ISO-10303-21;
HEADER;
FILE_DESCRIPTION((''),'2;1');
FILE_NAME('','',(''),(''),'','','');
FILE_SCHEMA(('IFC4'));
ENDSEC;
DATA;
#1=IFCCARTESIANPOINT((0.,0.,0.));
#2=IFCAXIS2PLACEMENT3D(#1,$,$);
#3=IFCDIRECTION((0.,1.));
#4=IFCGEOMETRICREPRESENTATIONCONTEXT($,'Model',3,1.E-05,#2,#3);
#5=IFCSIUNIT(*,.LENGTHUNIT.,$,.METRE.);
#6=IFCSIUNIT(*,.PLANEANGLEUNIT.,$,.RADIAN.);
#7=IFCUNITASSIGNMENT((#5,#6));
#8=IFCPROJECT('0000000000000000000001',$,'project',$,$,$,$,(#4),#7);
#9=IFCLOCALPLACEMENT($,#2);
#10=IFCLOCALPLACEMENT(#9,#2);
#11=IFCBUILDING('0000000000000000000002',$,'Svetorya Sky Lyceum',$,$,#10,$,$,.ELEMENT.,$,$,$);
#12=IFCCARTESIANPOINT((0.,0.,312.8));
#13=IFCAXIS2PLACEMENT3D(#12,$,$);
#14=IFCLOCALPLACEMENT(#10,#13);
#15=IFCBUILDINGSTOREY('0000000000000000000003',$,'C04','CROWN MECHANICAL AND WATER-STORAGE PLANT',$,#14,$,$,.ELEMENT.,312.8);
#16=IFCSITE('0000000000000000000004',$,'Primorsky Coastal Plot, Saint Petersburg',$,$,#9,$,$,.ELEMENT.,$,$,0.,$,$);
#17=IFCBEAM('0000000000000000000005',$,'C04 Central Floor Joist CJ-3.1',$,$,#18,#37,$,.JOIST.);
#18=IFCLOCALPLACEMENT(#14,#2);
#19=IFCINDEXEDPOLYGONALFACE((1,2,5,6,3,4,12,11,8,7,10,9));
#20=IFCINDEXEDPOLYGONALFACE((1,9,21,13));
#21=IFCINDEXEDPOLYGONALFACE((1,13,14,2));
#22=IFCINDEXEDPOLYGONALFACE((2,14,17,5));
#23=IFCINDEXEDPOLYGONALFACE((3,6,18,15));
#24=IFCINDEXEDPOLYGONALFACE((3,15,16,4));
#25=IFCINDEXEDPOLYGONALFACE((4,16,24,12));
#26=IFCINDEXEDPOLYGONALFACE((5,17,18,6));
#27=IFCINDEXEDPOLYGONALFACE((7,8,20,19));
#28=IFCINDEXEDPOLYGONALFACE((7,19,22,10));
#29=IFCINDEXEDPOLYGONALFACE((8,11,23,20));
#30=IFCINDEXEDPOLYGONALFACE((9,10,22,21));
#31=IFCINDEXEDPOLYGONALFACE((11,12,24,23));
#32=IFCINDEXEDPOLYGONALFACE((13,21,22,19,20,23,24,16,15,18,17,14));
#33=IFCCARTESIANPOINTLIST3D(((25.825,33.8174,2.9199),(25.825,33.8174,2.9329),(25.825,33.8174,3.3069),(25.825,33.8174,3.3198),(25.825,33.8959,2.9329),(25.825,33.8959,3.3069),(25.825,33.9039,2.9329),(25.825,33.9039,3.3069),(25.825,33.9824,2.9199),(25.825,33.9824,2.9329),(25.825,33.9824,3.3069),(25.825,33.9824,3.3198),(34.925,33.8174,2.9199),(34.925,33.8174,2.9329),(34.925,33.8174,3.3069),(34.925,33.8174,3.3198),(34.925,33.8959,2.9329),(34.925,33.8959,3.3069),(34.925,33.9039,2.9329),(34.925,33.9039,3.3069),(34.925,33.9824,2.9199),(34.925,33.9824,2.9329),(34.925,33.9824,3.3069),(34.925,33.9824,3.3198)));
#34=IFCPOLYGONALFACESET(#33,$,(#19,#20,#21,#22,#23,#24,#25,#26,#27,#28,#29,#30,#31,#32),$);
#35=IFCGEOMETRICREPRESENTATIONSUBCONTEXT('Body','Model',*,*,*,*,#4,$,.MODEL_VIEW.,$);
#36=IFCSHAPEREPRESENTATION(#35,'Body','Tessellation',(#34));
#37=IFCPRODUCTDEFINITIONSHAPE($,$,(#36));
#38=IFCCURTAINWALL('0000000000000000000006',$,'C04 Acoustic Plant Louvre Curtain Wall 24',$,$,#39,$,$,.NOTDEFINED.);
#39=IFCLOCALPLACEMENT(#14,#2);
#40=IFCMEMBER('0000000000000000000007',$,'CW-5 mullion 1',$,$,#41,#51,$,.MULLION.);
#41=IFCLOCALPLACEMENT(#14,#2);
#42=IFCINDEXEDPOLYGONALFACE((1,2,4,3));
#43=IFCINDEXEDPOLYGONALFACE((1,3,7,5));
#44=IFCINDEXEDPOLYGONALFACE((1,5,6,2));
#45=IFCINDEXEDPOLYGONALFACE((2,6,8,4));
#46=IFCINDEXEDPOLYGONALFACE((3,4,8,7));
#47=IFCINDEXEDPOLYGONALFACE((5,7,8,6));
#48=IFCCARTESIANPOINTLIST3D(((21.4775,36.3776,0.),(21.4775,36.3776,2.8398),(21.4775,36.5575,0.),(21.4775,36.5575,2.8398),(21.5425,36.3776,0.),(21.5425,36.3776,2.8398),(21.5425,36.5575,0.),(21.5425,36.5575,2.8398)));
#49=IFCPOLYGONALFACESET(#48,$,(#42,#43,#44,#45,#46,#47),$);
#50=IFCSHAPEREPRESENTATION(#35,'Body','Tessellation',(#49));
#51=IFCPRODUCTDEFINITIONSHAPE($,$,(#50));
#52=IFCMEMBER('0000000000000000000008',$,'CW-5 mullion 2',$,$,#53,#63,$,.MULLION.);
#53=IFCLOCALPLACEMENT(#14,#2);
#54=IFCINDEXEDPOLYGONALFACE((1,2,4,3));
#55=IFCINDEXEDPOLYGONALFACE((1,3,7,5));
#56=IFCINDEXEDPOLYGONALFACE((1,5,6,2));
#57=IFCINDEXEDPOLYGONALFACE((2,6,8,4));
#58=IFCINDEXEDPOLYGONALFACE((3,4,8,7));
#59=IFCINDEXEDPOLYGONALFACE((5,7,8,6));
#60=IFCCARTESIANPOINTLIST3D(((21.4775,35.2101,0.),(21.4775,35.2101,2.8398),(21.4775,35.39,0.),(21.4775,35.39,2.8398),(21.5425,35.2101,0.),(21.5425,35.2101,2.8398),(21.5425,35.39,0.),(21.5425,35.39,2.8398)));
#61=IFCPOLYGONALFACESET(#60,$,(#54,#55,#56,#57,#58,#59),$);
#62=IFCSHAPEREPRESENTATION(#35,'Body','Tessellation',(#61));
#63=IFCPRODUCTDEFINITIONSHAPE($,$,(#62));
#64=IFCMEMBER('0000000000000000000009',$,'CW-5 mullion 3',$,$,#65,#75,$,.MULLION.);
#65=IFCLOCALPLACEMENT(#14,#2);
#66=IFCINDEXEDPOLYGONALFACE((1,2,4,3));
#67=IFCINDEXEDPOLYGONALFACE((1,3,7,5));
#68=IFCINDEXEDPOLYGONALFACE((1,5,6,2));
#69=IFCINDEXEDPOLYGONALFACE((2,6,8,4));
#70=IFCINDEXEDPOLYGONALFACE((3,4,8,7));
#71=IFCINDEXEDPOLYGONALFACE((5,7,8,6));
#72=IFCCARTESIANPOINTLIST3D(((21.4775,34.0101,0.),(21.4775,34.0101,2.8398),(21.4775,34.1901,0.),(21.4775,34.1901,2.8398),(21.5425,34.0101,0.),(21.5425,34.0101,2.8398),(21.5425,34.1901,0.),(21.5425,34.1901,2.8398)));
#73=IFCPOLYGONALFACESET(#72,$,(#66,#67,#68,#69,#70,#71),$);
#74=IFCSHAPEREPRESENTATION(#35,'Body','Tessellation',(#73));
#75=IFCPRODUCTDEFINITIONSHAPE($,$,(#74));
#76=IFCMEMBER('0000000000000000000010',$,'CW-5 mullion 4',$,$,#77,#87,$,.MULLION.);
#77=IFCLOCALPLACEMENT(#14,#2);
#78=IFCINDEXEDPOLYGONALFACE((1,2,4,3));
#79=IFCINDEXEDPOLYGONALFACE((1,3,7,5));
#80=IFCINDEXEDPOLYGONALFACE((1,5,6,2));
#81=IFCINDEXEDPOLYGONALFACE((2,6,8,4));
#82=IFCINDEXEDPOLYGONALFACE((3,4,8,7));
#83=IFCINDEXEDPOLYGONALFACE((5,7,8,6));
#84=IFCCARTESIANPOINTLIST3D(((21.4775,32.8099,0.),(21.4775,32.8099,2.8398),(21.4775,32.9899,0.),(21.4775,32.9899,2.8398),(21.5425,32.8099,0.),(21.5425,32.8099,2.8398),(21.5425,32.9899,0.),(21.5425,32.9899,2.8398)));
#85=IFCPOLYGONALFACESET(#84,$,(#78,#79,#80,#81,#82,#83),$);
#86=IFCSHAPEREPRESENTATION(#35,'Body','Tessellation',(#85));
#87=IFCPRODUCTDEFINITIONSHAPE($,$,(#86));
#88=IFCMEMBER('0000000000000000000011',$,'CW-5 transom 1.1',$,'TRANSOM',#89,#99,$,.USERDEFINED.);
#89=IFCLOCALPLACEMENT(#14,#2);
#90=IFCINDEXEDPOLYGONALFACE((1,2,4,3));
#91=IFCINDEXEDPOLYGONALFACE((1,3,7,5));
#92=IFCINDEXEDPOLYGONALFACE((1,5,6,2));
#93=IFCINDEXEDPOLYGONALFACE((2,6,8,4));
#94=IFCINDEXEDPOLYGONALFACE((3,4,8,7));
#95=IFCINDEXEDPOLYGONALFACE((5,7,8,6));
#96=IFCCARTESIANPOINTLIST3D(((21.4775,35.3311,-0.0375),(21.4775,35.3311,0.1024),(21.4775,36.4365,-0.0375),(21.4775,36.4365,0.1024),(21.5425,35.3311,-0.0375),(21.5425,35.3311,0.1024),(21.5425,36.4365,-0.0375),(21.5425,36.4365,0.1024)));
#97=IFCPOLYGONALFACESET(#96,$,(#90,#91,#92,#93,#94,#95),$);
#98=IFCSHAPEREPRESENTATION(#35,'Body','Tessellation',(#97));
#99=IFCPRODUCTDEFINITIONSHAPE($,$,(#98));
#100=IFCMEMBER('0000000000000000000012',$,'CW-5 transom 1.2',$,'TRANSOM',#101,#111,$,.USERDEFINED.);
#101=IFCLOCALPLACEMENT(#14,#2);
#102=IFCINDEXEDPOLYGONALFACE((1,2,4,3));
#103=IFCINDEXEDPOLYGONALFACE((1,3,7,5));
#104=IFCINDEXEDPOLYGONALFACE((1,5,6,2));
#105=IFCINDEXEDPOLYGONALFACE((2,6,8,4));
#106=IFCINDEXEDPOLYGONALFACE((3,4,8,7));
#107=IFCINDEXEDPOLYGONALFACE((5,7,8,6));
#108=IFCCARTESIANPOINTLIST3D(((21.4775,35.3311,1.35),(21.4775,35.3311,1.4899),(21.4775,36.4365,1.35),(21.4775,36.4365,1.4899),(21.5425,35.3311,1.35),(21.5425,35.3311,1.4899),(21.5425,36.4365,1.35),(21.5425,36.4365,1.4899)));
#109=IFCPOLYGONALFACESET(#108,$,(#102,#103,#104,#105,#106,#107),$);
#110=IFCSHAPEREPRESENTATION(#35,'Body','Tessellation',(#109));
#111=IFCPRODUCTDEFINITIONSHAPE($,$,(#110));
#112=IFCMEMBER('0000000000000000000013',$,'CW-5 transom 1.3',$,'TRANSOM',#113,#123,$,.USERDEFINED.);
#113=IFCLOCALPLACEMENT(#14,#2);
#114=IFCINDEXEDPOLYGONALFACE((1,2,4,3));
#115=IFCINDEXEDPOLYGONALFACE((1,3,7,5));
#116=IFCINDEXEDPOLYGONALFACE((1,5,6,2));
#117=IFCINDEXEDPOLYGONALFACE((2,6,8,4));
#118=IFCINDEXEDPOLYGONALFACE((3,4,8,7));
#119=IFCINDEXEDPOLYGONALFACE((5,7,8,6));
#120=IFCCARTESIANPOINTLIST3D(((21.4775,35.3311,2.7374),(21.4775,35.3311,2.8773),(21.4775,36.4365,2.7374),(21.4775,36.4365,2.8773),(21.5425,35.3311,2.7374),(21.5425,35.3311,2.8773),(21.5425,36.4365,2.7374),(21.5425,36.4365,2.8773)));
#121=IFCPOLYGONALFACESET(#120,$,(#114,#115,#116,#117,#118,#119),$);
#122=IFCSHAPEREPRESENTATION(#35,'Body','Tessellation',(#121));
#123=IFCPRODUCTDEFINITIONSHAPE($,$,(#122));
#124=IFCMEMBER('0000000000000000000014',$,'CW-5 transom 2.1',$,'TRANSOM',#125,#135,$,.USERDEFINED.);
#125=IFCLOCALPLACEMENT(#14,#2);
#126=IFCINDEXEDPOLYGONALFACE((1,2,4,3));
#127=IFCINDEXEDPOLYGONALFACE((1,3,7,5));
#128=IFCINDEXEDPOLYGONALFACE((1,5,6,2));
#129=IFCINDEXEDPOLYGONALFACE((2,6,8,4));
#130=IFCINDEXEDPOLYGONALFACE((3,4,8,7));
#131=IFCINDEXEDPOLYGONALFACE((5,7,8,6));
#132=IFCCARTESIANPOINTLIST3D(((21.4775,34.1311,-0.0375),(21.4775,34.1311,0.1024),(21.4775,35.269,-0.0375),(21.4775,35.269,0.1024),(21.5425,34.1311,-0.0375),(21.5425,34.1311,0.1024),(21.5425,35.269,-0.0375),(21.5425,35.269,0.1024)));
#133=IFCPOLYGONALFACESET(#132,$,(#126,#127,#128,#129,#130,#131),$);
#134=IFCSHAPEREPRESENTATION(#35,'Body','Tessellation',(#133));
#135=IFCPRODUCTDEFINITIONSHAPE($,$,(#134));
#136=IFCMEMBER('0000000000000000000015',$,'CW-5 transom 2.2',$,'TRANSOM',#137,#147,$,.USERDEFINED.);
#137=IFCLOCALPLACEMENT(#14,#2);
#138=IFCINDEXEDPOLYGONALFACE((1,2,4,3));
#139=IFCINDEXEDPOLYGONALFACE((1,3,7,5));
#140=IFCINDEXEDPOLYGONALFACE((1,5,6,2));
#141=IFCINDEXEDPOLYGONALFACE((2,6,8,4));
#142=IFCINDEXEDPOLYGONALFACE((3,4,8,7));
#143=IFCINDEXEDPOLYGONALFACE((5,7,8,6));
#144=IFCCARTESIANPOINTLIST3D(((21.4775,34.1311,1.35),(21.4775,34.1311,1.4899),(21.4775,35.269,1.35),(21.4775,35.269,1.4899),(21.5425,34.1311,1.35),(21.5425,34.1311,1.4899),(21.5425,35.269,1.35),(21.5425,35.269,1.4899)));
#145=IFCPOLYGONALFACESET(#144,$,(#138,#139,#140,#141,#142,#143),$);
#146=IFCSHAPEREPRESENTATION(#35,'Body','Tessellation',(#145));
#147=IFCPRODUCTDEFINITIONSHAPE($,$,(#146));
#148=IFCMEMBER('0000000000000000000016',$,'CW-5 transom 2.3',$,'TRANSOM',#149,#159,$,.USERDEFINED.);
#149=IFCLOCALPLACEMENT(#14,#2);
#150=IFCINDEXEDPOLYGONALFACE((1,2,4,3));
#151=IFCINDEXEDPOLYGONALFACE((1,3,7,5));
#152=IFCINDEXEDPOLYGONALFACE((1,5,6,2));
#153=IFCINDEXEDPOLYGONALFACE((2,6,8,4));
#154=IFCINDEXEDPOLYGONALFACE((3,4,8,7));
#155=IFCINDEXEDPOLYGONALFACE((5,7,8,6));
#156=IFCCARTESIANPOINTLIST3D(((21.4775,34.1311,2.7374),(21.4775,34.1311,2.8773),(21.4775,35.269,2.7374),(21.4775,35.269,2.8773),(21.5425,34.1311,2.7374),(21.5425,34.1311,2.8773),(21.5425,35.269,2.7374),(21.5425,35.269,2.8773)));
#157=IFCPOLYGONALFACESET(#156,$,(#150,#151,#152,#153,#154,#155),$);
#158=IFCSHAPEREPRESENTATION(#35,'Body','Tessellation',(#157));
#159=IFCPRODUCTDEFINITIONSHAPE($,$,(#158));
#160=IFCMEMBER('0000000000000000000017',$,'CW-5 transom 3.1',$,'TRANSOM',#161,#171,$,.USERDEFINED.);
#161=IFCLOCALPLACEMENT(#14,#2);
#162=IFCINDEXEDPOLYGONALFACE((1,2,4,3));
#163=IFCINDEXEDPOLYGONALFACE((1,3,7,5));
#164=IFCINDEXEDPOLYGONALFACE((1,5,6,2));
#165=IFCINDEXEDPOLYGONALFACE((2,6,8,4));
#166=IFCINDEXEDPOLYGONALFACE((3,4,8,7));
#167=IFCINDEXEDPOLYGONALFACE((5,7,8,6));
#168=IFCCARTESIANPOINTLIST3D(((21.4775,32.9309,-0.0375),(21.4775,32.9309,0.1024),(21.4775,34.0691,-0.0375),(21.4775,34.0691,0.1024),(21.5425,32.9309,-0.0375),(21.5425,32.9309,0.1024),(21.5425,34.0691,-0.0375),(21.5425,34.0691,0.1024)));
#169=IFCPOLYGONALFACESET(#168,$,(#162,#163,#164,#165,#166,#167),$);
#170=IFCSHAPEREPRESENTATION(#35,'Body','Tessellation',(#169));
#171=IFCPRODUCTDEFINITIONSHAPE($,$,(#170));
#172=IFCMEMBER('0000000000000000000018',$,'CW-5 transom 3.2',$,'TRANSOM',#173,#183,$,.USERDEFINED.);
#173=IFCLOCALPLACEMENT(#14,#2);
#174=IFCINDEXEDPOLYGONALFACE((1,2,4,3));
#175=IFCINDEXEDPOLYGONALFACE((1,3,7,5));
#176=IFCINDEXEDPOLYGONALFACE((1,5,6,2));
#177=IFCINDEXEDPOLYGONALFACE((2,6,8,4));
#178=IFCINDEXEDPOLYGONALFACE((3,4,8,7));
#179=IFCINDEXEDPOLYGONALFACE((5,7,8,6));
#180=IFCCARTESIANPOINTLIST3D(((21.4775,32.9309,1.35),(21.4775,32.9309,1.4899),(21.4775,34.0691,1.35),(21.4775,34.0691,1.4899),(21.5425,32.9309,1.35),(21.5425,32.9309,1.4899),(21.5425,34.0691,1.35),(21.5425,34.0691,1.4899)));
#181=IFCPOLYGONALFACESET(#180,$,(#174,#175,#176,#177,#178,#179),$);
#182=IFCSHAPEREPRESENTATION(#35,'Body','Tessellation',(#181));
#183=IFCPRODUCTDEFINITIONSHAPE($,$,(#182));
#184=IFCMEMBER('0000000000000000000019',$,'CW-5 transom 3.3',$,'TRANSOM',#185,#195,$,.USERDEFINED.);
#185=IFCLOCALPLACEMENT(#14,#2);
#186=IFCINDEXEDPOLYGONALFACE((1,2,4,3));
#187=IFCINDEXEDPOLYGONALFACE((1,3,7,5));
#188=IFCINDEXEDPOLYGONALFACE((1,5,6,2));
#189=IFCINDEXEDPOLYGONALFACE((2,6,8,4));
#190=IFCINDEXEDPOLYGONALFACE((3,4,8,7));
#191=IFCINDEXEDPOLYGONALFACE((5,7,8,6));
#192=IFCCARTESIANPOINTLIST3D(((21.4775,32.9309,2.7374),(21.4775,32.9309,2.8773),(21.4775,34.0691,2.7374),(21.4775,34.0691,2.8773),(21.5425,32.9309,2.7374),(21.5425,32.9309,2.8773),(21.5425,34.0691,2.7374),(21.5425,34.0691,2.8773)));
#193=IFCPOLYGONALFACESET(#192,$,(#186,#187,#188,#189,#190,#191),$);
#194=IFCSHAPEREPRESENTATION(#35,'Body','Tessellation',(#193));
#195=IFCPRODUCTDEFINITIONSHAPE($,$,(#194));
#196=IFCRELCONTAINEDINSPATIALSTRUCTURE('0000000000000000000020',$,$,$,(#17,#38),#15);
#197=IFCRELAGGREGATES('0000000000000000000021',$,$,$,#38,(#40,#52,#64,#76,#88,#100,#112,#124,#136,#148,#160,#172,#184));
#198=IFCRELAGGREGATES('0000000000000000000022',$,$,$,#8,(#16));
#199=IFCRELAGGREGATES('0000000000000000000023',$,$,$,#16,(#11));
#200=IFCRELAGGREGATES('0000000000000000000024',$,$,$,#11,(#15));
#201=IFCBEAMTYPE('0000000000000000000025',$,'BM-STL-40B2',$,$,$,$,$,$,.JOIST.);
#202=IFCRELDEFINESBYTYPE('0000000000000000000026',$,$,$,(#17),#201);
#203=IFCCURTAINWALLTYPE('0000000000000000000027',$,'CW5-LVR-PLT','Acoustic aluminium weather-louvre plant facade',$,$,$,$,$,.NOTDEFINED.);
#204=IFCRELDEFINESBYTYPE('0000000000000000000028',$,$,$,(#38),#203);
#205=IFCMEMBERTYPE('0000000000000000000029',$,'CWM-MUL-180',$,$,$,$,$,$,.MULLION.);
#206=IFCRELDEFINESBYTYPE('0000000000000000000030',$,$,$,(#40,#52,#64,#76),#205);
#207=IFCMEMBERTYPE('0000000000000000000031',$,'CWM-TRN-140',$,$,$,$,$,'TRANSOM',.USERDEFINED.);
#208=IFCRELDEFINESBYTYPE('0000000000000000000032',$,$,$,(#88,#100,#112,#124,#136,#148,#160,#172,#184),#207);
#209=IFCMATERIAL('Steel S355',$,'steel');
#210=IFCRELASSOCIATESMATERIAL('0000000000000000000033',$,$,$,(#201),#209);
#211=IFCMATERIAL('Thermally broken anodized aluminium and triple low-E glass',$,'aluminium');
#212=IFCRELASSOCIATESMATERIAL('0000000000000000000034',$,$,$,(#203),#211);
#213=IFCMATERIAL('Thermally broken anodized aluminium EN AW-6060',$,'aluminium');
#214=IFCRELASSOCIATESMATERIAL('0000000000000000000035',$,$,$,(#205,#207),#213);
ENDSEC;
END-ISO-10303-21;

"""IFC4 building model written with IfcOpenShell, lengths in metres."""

from ifc_helpers import new_model, si_unit, direction, frame, origin, origin_2d, place, context, subcontext, project, spatial, rectangle, i_section, extrude, material, material_profile, profile_set, type_object, element, aggregate, save


model = new_model("IFC4")

# Units and contexts
model_context = context("Model", 3, precision=1e-05, world=origin(), true_north=direction((0.0, 1.0)))
body_context = subcontext(model_context, "Body", "Model", "MODEL_VIEW")
ifc_project = project(units=[si_unit("LENGTHUNIT", "METRE"), si_unit("PLANEANGLEUNIT", "RADIAN")], contexts=[model_context])

# Site, building, storey
site_placement = place(None, origin())
site = spatial("IfcSite", under=ifc_project, at=site_placement, Name="Primorsky Coastal Plot, Saint Petersburg", CompositionType="ELEMENT", RefElevation=0.0)
building_placement = place(site_placement, origin())
building = spatial("IfcBuilding", under=site, at=building_placement, Name="Svetorya Sky Lyceum", CompositionType="ELEMENT")
storey_placement = place(building_placement, frame((0.0, 0.0, 312.8)))
storey = spatial("IfcBuildingStorey", under=building, at=storey_placement, Name="C04", Description="CROWN MECHANICAL AND WATER-STORAGE PLANT", CompositionType="ELEMENT", Elevation=312.8)

# Beam
ifc_material_1 = material(Name="Steel S355", Category="steel")
ifc_material_profile_1 = material_profile(ifc_material_1, i_section(OverallWidth=0.165, OverallDepth=0.3999, WebThickness=0.0081, FlangeThickness=0.0129, at=origin_2d()), Name="GOST 40B2")
ifc_profile_set_1 = profile_set([ifc_material_profile_1], Name="Steel S355")
beam_type = type_object("IfcBeamType", Name="BM-STL-40B2", PredefinedType="JOIST", material=ifc_profile_set_1)
beam_placement = place(storey_placement, frame((25.825, 33.8999, 3.1199), z_axis=(1.0, 0.0, 0.0), x_axis=(0.0, 1.0, 0.0)))
element("IfcBeam", 1, at=beam_placement, inside=storey, type_object=beam_type, Name="C04 Central Floor Joist CJ-3.1", PredefinedType="JOIST", context=body_context, shape_type="SweptSolid", body=[
    extrude(i_section(OverallWidth=0.165, OverallDepth=0.3999, WebThickness=0.0081, FlangeThickness=0.0129, at=origin_2d()), origin(), (0.0, 0.0, 1.0), 9.1001),
])

# Curtain wall, members
ifc_material_2 = material(Name="Thermally broken anodized aluminium and triple low-E glass", Category="aluminium")
curtain_wall_type = type_object("IfcCurtainWallType", Name="CW5-LVR-PLT", Description="Acoustic aluminium weather-louvre plant facade", PredefinedType="NOTDEFINED", material=ifc_material_2)
curtain_wall_placement = place(storey_placement, origin())
curtain_wall = element("IfcCurtainWall", 2, at=curtain_wall_placement, inside=storey, type_object=curtain_wall_type, Name="C04 Acoustic Plant Louvre Curtain Wall 24", PredefinedType="NOTDEFINED")
ifc_material_3 = material(Name="Thermally broken anodized aluminium EN AW-6060", Category="aluminium")
ifc_material_profile_2 = material_profile(ifc_material_3, rectangle(XDim=0.0649, YDim=0.1799, at=origin_2d()), Name="ALU MULLION 65x180")
ifc_profile_set_2 = profile_set([ifc_material_profile_2], Name="Thermally broken anodized aluminium EN AW-6060")
member_type_1 = type_object("IfcMemberType", Name="CWM-MUL-180", PredefinedType="MULLION", material=ifc_profile_set_2)
member_1_placement = place(storey_placement, frame((21.51, 36.4675, 0.0), z_axis=(0.0, 0.0, 1.0), x_axis=(1.0, 0.0, 0.0)))
member_1 = element("IfcMember", 3, at=member_1_placement, type_object=member_type_1, Name="CW-5 mullion 1", PredefinedType="MULLION", context=body_context, shape_type="SweptSolid", body=[
    extrude(rectangle(XDim=0.0649, YDim=0.1799, at=origin_2d()), origin(), (0.0, 0.0, 1.0), 2.8398),
])
member_2_placement = place(storey_placement, frame((21.51, 35.3, 0.0), z_axis=(0.0, 0.0, 1.0), x_axis=(1.0, 0.0, 0.0)))
member_2 = element("IfcMember", 4, at=member_2_placement, type_object=member_type_1, Name="CW-5 mullion 2", PredefinedType="MULLION", context=body_context, shape_type="SweptSolid", body=[
    extrude(rectangle(XDim=0.0649, YDim=0.1799, at=origin_2d()), origin(), (0.0, 0.0, 1.0), 2.8398),
])
member_3_placement = place(storey_placement, frame((21.51, 34.1001, 0.0), z_axis=(0.0, 0.0, 1.0), x_axis=(1.0, 0.0, 0.0)))
member_3 = element("IfcMember", 5, at=member_3_placement, type_object=member_type_1, Name="CW-5 mullion 3", PredefinedType="MULLION", context=body_context, shape_type="SweptSolid", body=[
    extrude(rectangle(XDim=0.0649, YDim=0.1799, at=origin_2d()), origin(), (0.0, 0.0, 1.0), 2.8398),
])
member_4_placement = place(storey_placement, frame((21.51, 32.8999, 0.0), z_axis=(0.0, 0.0, 1.0), x_axis=(1.0, 0.0, 0.0)))
member_4 = element("IfcMember", 6, at=member_4_placement, type_object=member_type_1, Name="CW-5 mullion 4", PredefinedType="MULLION", context=body_context, shape_type="SweptSolid", body=[
    extrude(rectangle(XDim=0.0649, YDim=0.1799, at=origin_2d()), origin(), (0.0, 0.0, 1.0), 2.8398),
])
ifc_material_profile_3 = material_profile(ifc_material_3, rectangle(XDim=0.0649, YDim=0.1399, at=origin_2d()), Name="ALU TRANSOM 65x140")
ifc_profile_set_3 = profile_set([ifc_material_profile_3], Name="Thermally broken anodized aluminium EN AW-6060")
member_type_2 = type_object("IfcMemberType", Name="CWM-TRN-140", ElementType="TRANSOM", PredefinedType="USERDEFINED", material=ifc_profile_set_3)
member_5_placement = place(storey_placement, frame((21.51, 36.4365, 0.0325), z_axis=(0.0, -1.0, 0.0), x_axis=(1.0, 0.0, 0.0)))
member_5 = element("IfcMember", 7, at=member_5_placement, type_object=member_type_2, Name="CW-5 transom 1.1", ObjectType="TRANSOM", PredefinedType="USERDEFINED", context=body_context, shape_type="SweptSolid", body=[
    extrude(rectangle(XDim=0.0649, YDim=0.1399, at=origin_2d()), origin(), (0.0, 0.0, 1.0), 1.1055),
])
member_6_placement = place(storey_placement, frame((21.51, 36.4365, 1.4199), z_axis=(0.0, -1.0, 0.0), x_axis=(1.0, 0.0, 0.0)))
member_6 = element("IfcMember", 8, at=member_6_placement, type_object=member_type_2, Name="CW-5 transom 1.2", ObjectType="TRANSOM", PredefinedType="USERDEFINED", context=body_context, shape_type="SweptSolid", body=[
    extrude(rectangle(XDim=0.0649, YDim=0.1399, at=origin_2d()), origin(), (0.0, 0.0, 1.0), 1.1055),
])
member_7_placement = place(storey_placement, frame((21.51, 36.4365, 2.8074), z_axis=(0.0, -1.0, 0.0), x_axis=(1.0, 0.0, 0.0)))
member_7 = element("IfcMember", 9, at=member_7_placement, type_object=member_type_2, Name="CW-5 transom 1.3", ObjectType="TRANSOM", PredefinedType="USERDEFINED", context=body_context, shape_type="SweptSolid", body=[
    extrude(rectangle(XDim=0.0649, YDim=0.1399, at=origin_2d()), origin(), (0.0, 0.0, 1.0), 1.1055),
])
member_8_placement = place(storey_placement, frame((21.51, 35.269, 0.0325), z_axis=(0.0, -1.0, 0.0), x_axis=(1.0, 0.0, 0.0)))
member_8 = element("IfcMember", 10, at=member_8_placement, type_object=member_type_2, Name="CW-5 transom 2.1", ObjectType="TRANSOM", PredefinedType="USERDEFINED", context=body_context, shape_type="SweptSolid", body=[
    extrude(rectangle(XDim=0.0649, YDim=0.1399, at=origin_2d()), origin(), (0.0, 0.0, 1.0), 1.1379),
])
member_9_placement = place(storey_placement, frame((21.51, 35.269, 1.4199), z_axis=(0.0, -1.0, 0.0), x_axis=(1.0, 0.0, 0.0)))
member_9 = element("IfcMember", 11, at=member_9_placement, type_object=member_type_2, Name="CW-5 transom 2.2", ObjectType="TRANSOM", PredefinedType="USERDEFINED", context=body_context, shape_type="SweptSolid", body=[
    extrude(rectangle(XDim=0.0649, YDim=0.1399, at=origin_2d()), origin(), (0.0, 0.0, 1.0), 1.1379),
])
member_10_placement = place(storey_placement, frame((21.51, 35.269, 2.8074), z_axis=(0.0, -1.0, 0.0), x_axis=(1.0, 0.0, 0.0)))
member_10 = element("IfcMember", 12, at=member_10_placement, type_object=member_type_2, Name="CW-5 transom 2.3", ObjectType="TRANSOM", PredefinedType="USERDEFINED", context=body_context, shape_type="SweptSolid", body=[
    extrude(rectangle(XDim=0.0649, YDim=0.1399, at=origin_2d()), origin(), (0.0, 0.0, 1.0), 1.1379),
])
member_11_placement = place(storey_placement, frame((21.51, 34.0691, 0.0325), z_axis=(0.0, -1.0, 0.0), x_axis=(1.0, 0.0, 0.0)))
member_11 = element("IfcMember", 13, at=member_11_placement, type_object=member_type_2, Name="CW-5 transom 3.1", ObjectType="TRANSOM", PredefinedType="USERDEFINED", context=body_context, shape_type="SweptSolid", body=[
    extrude(rectangle(XDim=0.0649, YDim=0.1399, at=origin_2d()), origin(), (0.0, 0.0, 1.0), 1.1382),
])
member_12_placement = place(storey_placement, frame((21.51, 34.0691, 1.4199), z_axis=(0.0, -1.0, 0.0), x_axis=(1.0, 0.0, 0.0)))
member_12 = element("IfcMember", 14, at=member_12_placement, type_object=member_type_2, Name="CW-5 transom 3.2", ObjectType="TRANSOM", PredefinedType="USERDEFINED", context=body_context, shape_type="SweptSolid", body=[
    extrude(rectangle(XDim=0.0649, YDim=0.1399, at=origin_2d()), origin(), (0.0, 0.0, 1.0), 1.1382),
])
member_13_placement = place(storey_placement, frame((21.51, 34.0691, 2.8074), z_axis=(0.0, -1.0, 0.0), x_axis=(1.0, 0.0, 0.0)))
member_13 = element("IfcMember", 15, at=member_13_placement, type_object=member_type_2, Name="CW-5 transom 3.3", ObjectType="TRANSOM", PredefinedType="USERDEFINED", context=body_context, shape_type="SweptSolid", body=[
    extrude(rectangle(XDim=0.0649, YDim=0.1399, at=origin_2d()), origin(), (0.0, 0.0, 1.0), 1.1382),
])
aggregate(curtain_wall, [member_1, member_2, member_3, member_4, member_5, member_6, member_7, member_8, member_9, member_10, member_11, member_12, member_13])

save(model, "model.ifc")
